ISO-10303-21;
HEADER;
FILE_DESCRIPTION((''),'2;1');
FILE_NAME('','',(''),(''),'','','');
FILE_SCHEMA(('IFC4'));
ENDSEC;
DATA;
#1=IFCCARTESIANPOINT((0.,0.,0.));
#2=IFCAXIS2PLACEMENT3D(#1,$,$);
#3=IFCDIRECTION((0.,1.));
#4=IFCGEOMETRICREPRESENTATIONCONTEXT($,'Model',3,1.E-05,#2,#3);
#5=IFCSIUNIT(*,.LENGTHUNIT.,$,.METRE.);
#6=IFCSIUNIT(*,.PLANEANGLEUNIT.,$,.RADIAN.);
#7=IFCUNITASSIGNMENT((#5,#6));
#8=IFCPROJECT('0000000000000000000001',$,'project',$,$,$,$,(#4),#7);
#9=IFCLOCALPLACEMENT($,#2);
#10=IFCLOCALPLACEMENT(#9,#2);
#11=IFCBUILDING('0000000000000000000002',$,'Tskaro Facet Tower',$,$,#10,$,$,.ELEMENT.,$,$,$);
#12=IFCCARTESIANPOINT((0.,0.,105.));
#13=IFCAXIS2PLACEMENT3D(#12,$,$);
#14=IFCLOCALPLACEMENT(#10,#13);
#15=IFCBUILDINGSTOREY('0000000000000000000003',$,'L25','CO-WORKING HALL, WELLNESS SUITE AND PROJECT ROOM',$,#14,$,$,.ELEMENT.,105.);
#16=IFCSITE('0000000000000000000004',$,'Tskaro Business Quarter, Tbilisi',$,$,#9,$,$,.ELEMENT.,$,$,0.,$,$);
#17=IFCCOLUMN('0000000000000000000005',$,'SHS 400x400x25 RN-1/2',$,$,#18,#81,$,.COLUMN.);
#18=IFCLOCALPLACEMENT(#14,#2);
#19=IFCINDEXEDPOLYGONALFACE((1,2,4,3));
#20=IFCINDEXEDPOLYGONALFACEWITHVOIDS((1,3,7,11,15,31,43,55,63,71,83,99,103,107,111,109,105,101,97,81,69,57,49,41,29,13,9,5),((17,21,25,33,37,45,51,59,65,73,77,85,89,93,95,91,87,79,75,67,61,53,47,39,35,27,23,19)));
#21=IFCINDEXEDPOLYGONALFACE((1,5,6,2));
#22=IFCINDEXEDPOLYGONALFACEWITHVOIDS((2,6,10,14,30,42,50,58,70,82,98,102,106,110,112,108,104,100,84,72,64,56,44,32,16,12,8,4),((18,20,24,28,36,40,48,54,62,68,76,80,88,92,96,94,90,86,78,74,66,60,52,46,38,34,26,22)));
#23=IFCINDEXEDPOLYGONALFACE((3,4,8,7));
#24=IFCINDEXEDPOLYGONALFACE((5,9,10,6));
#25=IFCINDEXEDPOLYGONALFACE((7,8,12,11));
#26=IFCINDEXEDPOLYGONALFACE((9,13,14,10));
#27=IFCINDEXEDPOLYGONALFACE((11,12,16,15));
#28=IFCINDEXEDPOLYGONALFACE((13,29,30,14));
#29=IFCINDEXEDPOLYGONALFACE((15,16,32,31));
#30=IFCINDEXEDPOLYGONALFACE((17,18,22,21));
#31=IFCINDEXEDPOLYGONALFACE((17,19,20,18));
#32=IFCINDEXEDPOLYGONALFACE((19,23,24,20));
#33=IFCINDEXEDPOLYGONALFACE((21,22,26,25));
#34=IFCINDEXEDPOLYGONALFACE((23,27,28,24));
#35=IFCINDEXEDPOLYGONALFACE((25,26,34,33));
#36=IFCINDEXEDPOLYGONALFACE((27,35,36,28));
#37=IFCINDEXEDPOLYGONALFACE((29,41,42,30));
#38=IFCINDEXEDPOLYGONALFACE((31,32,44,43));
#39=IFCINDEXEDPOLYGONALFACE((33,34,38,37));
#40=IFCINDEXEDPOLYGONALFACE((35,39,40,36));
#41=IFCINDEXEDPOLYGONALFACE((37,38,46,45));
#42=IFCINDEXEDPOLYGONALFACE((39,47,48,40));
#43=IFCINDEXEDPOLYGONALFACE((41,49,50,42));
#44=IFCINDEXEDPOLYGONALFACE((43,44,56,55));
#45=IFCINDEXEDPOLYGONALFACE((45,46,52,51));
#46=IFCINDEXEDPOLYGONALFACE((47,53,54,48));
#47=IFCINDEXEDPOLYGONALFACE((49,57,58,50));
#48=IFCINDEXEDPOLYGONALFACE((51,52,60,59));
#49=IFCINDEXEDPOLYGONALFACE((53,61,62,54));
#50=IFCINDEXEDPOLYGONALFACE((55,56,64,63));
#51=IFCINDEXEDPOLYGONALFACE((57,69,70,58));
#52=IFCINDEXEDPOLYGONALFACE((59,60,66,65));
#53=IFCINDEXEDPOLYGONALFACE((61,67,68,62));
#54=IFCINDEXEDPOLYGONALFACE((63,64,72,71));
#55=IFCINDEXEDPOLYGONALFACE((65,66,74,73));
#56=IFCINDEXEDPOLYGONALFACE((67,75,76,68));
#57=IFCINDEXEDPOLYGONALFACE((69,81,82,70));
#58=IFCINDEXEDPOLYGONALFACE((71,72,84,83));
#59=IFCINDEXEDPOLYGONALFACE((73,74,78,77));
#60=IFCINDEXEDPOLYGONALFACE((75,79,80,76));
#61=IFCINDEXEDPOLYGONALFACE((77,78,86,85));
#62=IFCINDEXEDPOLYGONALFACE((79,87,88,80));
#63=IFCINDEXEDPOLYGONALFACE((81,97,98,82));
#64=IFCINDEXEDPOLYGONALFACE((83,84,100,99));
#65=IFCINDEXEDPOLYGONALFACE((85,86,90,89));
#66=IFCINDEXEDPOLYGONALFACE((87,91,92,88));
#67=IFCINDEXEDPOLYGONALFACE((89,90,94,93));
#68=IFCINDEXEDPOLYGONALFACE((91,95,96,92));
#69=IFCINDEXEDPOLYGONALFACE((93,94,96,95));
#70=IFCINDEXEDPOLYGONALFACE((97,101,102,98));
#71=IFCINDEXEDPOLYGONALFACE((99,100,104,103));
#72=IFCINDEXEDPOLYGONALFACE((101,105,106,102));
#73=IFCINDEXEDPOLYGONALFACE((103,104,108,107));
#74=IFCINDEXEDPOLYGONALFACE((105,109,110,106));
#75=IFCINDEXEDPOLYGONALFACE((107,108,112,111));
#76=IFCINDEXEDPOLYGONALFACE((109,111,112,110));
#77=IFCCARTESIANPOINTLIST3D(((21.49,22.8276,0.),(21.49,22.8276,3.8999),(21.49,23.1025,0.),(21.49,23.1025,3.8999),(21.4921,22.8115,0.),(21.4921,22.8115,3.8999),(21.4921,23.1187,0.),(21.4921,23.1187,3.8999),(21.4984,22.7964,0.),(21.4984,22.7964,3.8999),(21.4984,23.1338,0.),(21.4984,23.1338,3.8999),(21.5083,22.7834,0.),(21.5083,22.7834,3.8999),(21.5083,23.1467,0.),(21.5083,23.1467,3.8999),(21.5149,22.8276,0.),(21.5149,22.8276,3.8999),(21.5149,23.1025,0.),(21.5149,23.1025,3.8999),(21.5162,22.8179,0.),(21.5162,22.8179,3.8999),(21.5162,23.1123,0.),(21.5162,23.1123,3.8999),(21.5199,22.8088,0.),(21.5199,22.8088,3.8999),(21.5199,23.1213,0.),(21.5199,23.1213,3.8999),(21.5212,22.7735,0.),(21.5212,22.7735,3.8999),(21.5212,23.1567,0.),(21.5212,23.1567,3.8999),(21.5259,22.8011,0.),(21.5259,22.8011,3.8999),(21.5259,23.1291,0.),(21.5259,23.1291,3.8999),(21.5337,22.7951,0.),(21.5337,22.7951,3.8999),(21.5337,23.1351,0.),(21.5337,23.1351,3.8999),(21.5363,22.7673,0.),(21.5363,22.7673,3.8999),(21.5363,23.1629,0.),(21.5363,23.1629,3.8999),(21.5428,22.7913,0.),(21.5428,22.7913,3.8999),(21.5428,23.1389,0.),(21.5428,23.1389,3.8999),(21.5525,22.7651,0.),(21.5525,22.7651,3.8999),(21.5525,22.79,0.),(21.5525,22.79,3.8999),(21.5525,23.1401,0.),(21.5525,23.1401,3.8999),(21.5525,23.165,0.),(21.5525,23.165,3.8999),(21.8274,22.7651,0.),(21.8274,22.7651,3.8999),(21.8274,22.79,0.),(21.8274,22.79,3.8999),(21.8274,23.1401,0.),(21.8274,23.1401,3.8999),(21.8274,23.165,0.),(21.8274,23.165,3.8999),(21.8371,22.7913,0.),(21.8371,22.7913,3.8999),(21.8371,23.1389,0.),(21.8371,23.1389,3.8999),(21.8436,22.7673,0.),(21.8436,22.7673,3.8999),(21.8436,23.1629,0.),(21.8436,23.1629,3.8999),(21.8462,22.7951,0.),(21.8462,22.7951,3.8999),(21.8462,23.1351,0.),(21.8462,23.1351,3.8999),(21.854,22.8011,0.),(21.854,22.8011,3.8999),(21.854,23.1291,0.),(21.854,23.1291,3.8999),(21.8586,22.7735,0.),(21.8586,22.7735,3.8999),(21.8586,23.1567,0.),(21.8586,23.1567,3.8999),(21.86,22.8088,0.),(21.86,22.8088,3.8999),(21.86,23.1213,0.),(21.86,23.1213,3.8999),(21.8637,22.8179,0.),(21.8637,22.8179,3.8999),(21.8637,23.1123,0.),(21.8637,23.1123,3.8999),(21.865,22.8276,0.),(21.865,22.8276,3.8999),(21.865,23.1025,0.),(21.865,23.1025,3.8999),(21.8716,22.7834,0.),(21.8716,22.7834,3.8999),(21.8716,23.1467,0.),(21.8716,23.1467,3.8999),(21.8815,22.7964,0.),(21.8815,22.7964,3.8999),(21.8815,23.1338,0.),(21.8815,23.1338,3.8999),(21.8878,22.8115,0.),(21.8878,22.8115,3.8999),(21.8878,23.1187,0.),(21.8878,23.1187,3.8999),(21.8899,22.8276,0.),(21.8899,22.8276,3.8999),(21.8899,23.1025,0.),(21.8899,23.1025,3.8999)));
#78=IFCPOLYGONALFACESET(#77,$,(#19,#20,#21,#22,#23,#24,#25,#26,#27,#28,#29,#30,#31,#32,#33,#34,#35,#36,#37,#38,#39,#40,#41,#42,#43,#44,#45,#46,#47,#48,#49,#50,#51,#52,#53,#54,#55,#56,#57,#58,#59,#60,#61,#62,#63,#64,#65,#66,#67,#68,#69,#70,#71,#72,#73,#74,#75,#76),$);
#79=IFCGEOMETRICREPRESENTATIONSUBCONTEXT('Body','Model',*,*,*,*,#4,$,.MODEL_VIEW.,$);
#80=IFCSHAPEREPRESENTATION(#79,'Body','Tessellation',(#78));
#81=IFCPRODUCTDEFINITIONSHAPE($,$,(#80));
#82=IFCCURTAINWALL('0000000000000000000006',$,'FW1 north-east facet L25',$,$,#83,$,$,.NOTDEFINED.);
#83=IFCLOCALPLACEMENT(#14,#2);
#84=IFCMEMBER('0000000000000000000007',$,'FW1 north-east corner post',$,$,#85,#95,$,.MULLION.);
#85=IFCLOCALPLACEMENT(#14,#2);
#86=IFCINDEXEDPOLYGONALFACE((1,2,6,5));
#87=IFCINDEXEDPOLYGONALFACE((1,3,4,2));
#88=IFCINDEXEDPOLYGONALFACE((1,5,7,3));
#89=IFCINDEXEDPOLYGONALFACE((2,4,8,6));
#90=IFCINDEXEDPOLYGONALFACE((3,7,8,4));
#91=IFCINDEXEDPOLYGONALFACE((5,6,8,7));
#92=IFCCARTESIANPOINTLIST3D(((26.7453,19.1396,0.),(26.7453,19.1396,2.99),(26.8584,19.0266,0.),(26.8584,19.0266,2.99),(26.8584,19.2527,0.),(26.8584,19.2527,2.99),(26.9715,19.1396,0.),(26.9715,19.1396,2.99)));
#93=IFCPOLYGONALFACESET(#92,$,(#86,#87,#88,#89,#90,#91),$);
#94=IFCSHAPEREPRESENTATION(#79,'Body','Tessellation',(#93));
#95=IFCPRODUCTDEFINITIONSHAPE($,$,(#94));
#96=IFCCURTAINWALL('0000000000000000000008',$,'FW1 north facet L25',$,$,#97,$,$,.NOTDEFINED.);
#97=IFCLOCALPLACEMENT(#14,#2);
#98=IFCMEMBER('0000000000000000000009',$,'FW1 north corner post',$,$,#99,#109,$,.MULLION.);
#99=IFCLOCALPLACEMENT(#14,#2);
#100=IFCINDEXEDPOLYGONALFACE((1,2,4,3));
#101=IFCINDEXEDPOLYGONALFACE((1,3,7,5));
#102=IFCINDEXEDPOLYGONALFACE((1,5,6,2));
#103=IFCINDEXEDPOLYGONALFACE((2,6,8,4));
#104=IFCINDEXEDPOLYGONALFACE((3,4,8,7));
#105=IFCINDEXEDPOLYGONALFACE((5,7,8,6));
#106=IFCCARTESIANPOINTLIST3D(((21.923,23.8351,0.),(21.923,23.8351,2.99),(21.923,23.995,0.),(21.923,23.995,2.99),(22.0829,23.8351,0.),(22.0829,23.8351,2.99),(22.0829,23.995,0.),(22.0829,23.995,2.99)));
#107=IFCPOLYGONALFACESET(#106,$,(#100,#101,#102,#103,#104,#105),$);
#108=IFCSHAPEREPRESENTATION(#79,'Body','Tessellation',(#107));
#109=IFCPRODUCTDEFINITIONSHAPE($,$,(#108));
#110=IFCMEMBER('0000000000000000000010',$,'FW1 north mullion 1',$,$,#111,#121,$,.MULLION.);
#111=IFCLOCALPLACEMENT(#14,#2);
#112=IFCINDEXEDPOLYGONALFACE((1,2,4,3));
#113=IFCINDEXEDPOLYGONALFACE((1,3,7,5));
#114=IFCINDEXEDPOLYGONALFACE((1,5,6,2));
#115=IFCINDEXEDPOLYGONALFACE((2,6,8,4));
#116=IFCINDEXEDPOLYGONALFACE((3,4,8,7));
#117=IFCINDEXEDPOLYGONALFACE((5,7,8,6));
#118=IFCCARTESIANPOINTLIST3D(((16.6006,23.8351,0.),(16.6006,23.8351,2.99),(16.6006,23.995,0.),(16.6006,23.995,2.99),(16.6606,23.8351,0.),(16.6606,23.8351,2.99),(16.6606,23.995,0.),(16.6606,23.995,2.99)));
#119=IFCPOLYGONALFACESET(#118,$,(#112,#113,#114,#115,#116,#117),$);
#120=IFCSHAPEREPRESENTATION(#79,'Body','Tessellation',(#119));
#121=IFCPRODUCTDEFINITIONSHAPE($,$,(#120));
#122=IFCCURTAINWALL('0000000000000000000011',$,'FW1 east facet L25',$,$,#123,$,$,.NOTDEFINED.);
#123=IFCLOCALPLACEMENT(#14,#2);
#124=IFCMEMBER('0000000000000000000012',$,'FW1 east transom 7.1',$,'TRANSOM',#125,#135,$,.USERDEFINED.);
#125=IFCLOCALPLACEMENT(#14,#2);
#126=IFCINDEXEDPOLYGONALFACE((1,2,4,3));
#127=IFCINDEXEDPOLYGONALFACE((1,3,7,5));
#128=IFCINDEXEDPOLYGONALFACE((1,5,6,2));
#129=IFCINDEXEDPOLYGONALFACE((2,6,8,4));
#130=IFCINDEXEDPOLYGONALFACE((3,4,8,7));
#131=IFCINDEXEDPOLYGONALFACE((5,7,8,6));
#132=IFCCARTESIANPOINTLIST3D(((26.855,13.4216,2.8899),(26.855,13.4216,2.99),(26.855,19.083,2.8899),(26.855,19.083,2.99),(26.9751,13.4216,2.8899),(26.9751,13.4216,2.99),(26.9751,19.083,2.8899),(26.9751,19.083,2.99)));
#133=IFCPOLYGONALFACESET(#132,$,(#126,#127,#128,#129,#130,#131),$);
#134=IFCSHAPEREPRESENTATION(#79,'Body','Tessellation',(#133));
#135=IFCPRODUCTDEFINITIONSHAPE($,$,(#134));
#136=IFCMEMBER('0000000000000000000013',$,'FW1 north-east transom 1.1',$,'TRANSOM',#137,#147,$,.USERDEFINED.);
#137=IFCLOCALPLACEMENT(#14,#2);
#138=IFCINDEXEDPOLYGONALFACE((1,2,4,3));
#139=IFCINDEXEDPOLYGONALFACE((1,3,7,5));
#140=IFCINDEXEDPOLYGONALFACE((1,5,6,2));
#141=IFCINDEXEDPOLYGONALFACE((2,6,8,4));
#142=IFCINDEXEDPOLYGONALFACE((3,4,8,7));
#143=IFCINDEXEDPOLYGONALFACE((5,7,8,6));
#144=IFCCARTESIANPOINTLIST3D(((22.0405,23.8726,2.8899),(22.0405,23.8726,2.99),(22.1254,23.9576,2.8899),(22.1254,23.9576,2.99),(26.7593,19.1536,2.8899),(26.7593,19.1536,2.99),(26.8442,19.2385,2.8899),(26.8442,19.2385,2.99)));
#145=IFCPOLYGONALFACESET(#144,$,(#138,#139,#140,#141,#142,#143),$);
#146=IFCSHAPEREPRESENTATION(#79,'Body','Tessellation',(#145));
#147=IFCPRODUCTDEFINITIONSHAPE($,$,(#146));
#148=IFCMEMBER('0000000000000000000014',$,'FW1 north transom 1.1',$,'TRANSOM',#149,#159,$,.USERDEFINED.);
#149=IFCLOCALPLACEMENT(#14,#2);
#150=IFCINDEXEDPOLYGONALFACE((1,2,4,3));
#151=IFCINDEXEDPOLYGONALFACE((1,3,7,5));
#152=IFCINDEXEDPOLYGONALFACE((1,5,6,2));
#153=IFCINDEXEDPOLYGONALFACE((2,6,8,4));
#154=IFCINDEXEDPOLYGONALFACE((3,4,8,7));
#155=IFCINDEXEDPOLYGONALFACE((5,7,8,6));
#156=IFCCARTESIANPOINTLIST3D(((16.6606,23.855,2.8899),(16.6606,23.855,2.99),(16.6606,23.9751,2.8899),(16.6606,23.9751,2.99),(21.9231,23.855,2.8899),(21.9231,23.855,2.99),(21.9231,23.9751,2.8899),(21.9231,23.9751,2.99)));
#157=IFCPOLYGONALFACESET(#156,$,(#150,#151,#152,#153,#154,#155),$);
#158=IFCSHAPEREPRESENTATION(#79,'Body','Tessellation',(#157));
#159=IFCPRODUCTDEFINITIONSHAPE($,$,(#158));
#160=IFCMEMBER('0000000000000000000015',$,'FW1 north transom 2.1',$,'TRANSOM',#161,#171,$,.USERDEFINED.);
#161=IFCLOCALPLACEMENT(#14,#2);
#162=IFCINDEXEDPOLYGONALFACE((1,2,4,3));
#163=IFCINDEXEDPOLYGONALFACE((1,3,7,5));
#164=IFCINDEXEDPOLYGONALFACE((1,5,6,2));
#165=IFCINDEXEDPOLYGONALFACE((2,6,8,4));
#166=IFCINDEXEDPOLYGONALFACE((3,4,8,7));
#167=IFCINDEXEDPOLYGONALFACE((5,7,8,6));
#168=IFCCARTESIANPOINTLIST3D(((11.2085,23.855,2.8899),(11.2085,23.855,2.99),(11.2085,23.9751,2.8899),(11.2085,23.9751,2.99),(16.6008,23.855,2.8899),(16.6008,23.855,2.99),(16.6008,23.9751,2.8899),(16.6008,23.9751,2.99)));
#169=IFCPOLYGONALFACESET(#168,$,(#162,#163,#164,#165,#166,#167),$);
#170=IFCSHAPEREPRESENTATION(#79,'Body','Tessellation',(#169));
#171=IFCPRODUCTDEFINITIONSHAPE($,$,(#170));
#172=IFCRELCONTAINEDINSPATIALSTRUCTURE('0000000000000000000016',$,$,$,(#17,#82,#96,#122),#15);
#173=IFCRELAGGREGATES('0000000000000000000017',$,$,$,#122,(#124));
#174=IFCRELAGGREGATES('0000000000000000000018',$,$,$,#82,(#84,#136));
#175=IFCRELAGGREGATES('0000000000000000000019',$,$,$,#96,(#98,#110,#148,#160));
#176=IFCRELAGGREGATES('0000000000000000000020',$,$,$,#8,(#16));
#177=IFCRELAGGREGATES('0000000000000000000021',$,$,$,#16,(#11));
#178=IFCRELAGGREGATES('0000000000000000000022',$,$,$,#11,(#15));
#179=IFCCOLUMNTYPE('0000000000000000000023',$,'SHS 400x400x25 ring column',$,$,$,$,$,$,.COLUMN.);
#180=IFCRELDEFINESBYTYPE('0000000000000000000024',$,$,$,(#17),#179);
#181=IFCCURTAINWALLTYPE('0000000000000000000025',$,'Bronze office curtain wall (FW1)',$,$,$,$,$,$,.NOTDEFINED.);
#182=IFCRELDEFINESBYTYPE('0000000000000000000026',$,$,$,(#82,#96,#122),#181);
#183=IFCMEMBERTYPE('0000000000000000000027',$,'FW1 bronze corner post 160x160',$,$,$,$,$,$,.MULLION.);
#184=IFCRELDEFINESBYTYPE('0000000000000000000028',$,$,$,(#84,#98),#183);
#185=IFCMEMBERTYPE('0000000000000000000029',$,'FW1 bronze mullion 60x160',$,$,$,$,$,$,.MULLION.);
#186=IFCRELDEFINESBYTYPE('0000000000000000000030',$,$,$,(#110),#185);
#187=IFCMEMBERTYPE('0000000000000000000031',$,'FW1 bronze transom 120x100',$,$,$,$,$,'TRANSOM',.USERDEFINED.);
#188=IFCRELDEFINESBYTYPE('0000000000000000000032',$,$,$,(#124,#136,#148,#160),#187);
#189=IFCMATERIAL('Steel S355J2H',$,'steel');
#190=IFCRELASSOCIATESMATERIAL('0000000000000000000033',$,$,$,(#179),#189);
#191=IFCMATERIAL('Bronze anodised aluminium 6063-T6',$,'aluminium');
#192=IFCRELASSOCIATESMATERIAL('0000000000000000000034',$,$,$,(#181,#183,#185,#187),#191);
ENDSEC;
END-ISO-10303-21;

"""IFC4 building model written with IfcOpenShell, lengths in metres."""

from ifc_helpers import new_model, si_unit, direction, frame, origin, origin_2d, place, context, subcontext, project, spatial, rectangle, hollow_rectangle, extrude, material, material_profile, profile_set, type_object, element, aggregate, save


model = new_model("IFC4")

# Units and contexts
model_context = context("Model", 3, precision=1e-05, world=origin(), true_north=direction((0.0, 1.0)))
body_context = subcontext(model_context, "Body", "Model", "MODEL_VIEW")
ifc_project = project(units=[si_unit("LENGTHUNIT", "METRE"), si_unit("PLANEANGLEUNIT", "RADIAN")], contexts=[model_context])

# Site, building, storey
site_placement = place(None, origin())
site = spatial("IfcSite", under=ifc_project, at=site_placement, Name="Tskaro Business Quarter, Tbilisi", CompositionType="ELEMENT", RefElevation=0.0)
building_placement = place(site_placement, origin())
building = spatial("IfcBuilding", under=site, at=building_placement, Name="Tskaro Facet Tower", CompositionType="ELEMENT")
storey_placement = place(building_placement, frame((0.0, 0.0, 105.0)))
storey = spatial("IfcBuildingStorey", under=building, at=storey_placement, Name="L25", Description="CO-WORKING HALL, WELLNESS SUITE AND PROJECT ROOM", CompositionType="ELEMENT", Elevation=105.0)

# Column
ifc_material_1 = material(Name="Steel S355J2H", Category="steel")
ifc_material_profile_1 = material_profile(ifc_material_1, hollow_rectangle(XDim=0.3999, YDim=0.3999, WallThickness=0.0249, InnerFilletRadius=0.0376, OuterFilletRadius=0.0625, at=origin_2d()), Name="SHS 400x400x25")
ifc_profile_set_1 = profile_set([ifc_material_profile_1], Name="Steel S355J2H")
column_type_1 = type_object("IfcColumnType", Name="SHS 400x400x25 ring column", PredefinedType="COLUMN", material=ifc_profile_set_1)
for number, where, z_axis, x_axis, name in (
    (1, (21.6899, 22.9651, 0.0), (0.0, 0.0, 1.0), (1.0, 0.0, 0.0), "SHS 400x400x25 RN-1/2"),
):
    element("IfcColumn", number, at=place(storey_placement, frame(where, z_axis=z_axis, x_axis=x_axis)), inside=storey, type_object=column_type_1, Name=name, PredefinedType="COLUMN", context=body_context, shape_type="SweptSolid", body=[
        extrude(hollow_rectangle(XDim=0.3999, YDim=0.3999, WallThickness=0.0249, InnerFilletRadius=0.0376, OuterFilletRadius=0.0625, at=origin_2d()), origin(), (0.0, 0.0, 1.0), 3.8999),
    ])

# Curtain wall, member
ifc_material_2 = material(Name="Bronze anodised aluminium 6063-T6", Category="aluminium")
curtain_wall_type = type_object("IfcCurtainWallType", Name="Bronze office curtain wall (FW1)", PredefinedType="NOTDEFINED", material=ifc_material_2)
curtain_wall_1_placement = place(storey_placement, origin())
curtain_wall_1 = element("IfcCurtainWall", 2, at=curtain_wall_1_placement, inside=storey, type_object=curtain_wall_type, Name="FW1 north-east facet L25", PredefinedType="NOTDEFINED")
ifc_material_profile_2 = material_profile(ifc_material_2, rectangle(XDim=0.1599, YDim=0.1599, at=origin_2d()), Name="Corner post 160x160")
ifc_profile_set_2 = profile_set([ifc_material_profile_2], Name="Bronze anodised aluminium 6063-T6")
member_type_1 = type_object("IfcMemberType", Name="FW1 bronze corner post 160x160", PredefinedType="MULLION", material=ifc_profile_set_2)
member_1_placement = place(storey_placement, frame((26.8584, 19.1396, 0.0), z_axis=(0.0, 0.0, 1.0), x_axis=(-0.707107, 0.707107, 0.0)))
member_1 = element("IfcMember", 3, at=member_1_placement, type_object=member_type_1, Name="FW1 north-east corner post", PredefinedType="MULLION", context=body_context, shape_type="SweptSolid", body=[
    extrude(rectangle(XDim=0.1599, YDim=0.1599, at=origin_2d()), origin(), (0.0, 0.0, 1.0), 2.99),
])

# Curtain wall, members
curtain_wall_2_placement = place(storey_placement, origin())
curtain_wall_2 = element("IfcCurtainWall", 4, at=curtain_wall_2_placement, inside=storey, type_object=curtain_wall_type, Name="FW1 north facet L25", PredefinedType="NOTDEFINED")
member_2_placement = place(storey_placement, frame((22.0029, 23.915, 0.0), z_axis=(0.0, 0.0, 1.0), x_axis=(-1.0, 0.0, 0.0)))
member_2 = element("IfcMember", 5, at=member_2_placement, type_object=member_type_1, Name="FW1 north corner post", PredefinedType="MULLION", context=body_context, shape_type="SweptSolid", body=[
    extrude(rectangle(XDim=0.1599, YDim=0.1599, at=origin_2d()), origin(), (0.0, 0.0, 1.0), 2.99),
])
ifc_material_profile_3 = material_profile(ifc_material_2, rectangle(XDim=0.0601, YDim=0.1599, at=origin_2d()), Name="Mullion 60x160")
ifc_profile_set_3 = profile_set([ifc_material_profile_3], Name="Bronze anodised aluminium 6063-T6")
member_type_2 = type_object("IfcMemberType", Name="FW1 bronze mullion 60x160", PredefinedType="MULLION", material=ifc_profile_set_3)
member_3_placement = place(storey_placement, frame((16.6306, 23.915, 0.0), z_axis=(0.0, 0.0, 1.0), x_axis=(-1.0, 0.0, 0.0)))
member_3 = element("IfcMember", 6, at=member_3_placement, type_object=member_type_2, Name="FW1 north mullion 1", PredefinedType="MULLION", context=body_context, shape_type="SweptSolid", body=[
    extrude(rectangle(XDim=0.0601, YDim=0.1599, at=origin_2d()), origin(), (0.0, 0.0, 1.0), 2.99),
])

# Curtain wall, member
curtain_wall_3_placement = place(storey_placement, origin())
curtain_wall_3 = element("IfcCurtainWall", 7, at=curtain_wall_3_placement, inside=storey, type_object=curtain_wall_type, Name="FW1 east facet L25", PredefinedType="NOTDEFINED")
ifc_material_profile_4 = material_profile(ifc_material_2, rectangle(XDim=0.1201, YDim=0.1001, at=origin_2d()), Name="Transom 120x100")
ifc_profile_set_4 = profile_set([ifc_material_profile_4], Name="Bronze anodised aluminium 6063-T6")
member_type_3 = type_object("IfcMemberType", Name="FW1 bronze transom 120x100", ElementType="TRANSOM", PredefinedType="USERDEFINED", material=ifc_profile_set_4)
member_4_placement = place(storey_placement, frame((26.915, 13.4216, 2.9399), z_axis=(0.0, 1.0, 0.0), x_axis=(-1.0, 0.0, 0.0)))
member_4 = element("IfcMember", 8, at=member_4_placement, type_object=member_type_3, Name="FW1 east transom 7.1", ObjectType="TRANSOM", PredefinedType="USERDEFINED", context=body_context, shape_type="SweptSolid", body=[
    extrude(rectangle(XDim=0.1201, YDim=0.1001, at=origin_2d()), origin(), (0.0, 0.0, 1.0), 5.6614),
])

# Members
member_5_placement = place(storey_placement, frame((26.8018, 19.196, 2.9399), z_axis=(-0.707088, 0.707125, 0.0), x_axis=(-0.707125, -0.707088, 0.0)))
member_5 = element("IfcMember", 9, at=member_5_placement, type_object=member_type_3, Name="FW1 north-east transom 1.1", ObjectType="TRANSOM", PredefinedType="USERDEFINED", context=body_context, shape_type="SweptSolid", body=[
    extrude(rectangle(XDim=0.1201, YDim=0.1001, at=origin_2d()), origin(), (0.0, 0.0, 1.0), 6.6736),
])
member_6_placement = place(storey_placement, frame((21.9231, 23.915, 2.9399), z_axis=(-1.0, 0.0, 0.0), x_axis=(0.0, -1.0, 0.0)))
member_6 = element("IfcMember", 10, at=member_6_placement, type_object=member_type_3, Name="FW1 north transom 1.1", ObjectType="TRANSOM", PredefinedType="USERDEFINED", context=body_context, shape_type="SweptSolid", body=[
    extrude(rectangle(XDim=0.1201, YDim=0.1001, at=origin_2d()), origin(), (0.0, 0.0, 1.0), 5.2625),
])
member_7_placement = place(storey_placement, frame((16.6008, 23.915, 2.9399), z_axis=(-1.0, 0.0, 0.0), x_axis=(0.0, -1.0, 0.0)))
member_7 = element("IfcMember", 11, at=member_7_placement, type_object=member_type_3, Name="FW1 north transom 2.1", ObjectType="TRANSOM", PredefinedType="USERDEFINED", context=body_context, shape_type="SweptSolid", body=[
    extrude(rectangle(XDim=0.1201, YDim=0.1001, at=origin_2d()), origin(), (0.0, 0.0, 1.0), 5.3923),
])

aggregate(curtain_wall_3, [member_4])
aggregate(curtain_wall_1, [member_1, member_5])
aggregate(curtain_wall_2, [member_2, member_3, member_6, member_7])

save(model, "model.ifc")
